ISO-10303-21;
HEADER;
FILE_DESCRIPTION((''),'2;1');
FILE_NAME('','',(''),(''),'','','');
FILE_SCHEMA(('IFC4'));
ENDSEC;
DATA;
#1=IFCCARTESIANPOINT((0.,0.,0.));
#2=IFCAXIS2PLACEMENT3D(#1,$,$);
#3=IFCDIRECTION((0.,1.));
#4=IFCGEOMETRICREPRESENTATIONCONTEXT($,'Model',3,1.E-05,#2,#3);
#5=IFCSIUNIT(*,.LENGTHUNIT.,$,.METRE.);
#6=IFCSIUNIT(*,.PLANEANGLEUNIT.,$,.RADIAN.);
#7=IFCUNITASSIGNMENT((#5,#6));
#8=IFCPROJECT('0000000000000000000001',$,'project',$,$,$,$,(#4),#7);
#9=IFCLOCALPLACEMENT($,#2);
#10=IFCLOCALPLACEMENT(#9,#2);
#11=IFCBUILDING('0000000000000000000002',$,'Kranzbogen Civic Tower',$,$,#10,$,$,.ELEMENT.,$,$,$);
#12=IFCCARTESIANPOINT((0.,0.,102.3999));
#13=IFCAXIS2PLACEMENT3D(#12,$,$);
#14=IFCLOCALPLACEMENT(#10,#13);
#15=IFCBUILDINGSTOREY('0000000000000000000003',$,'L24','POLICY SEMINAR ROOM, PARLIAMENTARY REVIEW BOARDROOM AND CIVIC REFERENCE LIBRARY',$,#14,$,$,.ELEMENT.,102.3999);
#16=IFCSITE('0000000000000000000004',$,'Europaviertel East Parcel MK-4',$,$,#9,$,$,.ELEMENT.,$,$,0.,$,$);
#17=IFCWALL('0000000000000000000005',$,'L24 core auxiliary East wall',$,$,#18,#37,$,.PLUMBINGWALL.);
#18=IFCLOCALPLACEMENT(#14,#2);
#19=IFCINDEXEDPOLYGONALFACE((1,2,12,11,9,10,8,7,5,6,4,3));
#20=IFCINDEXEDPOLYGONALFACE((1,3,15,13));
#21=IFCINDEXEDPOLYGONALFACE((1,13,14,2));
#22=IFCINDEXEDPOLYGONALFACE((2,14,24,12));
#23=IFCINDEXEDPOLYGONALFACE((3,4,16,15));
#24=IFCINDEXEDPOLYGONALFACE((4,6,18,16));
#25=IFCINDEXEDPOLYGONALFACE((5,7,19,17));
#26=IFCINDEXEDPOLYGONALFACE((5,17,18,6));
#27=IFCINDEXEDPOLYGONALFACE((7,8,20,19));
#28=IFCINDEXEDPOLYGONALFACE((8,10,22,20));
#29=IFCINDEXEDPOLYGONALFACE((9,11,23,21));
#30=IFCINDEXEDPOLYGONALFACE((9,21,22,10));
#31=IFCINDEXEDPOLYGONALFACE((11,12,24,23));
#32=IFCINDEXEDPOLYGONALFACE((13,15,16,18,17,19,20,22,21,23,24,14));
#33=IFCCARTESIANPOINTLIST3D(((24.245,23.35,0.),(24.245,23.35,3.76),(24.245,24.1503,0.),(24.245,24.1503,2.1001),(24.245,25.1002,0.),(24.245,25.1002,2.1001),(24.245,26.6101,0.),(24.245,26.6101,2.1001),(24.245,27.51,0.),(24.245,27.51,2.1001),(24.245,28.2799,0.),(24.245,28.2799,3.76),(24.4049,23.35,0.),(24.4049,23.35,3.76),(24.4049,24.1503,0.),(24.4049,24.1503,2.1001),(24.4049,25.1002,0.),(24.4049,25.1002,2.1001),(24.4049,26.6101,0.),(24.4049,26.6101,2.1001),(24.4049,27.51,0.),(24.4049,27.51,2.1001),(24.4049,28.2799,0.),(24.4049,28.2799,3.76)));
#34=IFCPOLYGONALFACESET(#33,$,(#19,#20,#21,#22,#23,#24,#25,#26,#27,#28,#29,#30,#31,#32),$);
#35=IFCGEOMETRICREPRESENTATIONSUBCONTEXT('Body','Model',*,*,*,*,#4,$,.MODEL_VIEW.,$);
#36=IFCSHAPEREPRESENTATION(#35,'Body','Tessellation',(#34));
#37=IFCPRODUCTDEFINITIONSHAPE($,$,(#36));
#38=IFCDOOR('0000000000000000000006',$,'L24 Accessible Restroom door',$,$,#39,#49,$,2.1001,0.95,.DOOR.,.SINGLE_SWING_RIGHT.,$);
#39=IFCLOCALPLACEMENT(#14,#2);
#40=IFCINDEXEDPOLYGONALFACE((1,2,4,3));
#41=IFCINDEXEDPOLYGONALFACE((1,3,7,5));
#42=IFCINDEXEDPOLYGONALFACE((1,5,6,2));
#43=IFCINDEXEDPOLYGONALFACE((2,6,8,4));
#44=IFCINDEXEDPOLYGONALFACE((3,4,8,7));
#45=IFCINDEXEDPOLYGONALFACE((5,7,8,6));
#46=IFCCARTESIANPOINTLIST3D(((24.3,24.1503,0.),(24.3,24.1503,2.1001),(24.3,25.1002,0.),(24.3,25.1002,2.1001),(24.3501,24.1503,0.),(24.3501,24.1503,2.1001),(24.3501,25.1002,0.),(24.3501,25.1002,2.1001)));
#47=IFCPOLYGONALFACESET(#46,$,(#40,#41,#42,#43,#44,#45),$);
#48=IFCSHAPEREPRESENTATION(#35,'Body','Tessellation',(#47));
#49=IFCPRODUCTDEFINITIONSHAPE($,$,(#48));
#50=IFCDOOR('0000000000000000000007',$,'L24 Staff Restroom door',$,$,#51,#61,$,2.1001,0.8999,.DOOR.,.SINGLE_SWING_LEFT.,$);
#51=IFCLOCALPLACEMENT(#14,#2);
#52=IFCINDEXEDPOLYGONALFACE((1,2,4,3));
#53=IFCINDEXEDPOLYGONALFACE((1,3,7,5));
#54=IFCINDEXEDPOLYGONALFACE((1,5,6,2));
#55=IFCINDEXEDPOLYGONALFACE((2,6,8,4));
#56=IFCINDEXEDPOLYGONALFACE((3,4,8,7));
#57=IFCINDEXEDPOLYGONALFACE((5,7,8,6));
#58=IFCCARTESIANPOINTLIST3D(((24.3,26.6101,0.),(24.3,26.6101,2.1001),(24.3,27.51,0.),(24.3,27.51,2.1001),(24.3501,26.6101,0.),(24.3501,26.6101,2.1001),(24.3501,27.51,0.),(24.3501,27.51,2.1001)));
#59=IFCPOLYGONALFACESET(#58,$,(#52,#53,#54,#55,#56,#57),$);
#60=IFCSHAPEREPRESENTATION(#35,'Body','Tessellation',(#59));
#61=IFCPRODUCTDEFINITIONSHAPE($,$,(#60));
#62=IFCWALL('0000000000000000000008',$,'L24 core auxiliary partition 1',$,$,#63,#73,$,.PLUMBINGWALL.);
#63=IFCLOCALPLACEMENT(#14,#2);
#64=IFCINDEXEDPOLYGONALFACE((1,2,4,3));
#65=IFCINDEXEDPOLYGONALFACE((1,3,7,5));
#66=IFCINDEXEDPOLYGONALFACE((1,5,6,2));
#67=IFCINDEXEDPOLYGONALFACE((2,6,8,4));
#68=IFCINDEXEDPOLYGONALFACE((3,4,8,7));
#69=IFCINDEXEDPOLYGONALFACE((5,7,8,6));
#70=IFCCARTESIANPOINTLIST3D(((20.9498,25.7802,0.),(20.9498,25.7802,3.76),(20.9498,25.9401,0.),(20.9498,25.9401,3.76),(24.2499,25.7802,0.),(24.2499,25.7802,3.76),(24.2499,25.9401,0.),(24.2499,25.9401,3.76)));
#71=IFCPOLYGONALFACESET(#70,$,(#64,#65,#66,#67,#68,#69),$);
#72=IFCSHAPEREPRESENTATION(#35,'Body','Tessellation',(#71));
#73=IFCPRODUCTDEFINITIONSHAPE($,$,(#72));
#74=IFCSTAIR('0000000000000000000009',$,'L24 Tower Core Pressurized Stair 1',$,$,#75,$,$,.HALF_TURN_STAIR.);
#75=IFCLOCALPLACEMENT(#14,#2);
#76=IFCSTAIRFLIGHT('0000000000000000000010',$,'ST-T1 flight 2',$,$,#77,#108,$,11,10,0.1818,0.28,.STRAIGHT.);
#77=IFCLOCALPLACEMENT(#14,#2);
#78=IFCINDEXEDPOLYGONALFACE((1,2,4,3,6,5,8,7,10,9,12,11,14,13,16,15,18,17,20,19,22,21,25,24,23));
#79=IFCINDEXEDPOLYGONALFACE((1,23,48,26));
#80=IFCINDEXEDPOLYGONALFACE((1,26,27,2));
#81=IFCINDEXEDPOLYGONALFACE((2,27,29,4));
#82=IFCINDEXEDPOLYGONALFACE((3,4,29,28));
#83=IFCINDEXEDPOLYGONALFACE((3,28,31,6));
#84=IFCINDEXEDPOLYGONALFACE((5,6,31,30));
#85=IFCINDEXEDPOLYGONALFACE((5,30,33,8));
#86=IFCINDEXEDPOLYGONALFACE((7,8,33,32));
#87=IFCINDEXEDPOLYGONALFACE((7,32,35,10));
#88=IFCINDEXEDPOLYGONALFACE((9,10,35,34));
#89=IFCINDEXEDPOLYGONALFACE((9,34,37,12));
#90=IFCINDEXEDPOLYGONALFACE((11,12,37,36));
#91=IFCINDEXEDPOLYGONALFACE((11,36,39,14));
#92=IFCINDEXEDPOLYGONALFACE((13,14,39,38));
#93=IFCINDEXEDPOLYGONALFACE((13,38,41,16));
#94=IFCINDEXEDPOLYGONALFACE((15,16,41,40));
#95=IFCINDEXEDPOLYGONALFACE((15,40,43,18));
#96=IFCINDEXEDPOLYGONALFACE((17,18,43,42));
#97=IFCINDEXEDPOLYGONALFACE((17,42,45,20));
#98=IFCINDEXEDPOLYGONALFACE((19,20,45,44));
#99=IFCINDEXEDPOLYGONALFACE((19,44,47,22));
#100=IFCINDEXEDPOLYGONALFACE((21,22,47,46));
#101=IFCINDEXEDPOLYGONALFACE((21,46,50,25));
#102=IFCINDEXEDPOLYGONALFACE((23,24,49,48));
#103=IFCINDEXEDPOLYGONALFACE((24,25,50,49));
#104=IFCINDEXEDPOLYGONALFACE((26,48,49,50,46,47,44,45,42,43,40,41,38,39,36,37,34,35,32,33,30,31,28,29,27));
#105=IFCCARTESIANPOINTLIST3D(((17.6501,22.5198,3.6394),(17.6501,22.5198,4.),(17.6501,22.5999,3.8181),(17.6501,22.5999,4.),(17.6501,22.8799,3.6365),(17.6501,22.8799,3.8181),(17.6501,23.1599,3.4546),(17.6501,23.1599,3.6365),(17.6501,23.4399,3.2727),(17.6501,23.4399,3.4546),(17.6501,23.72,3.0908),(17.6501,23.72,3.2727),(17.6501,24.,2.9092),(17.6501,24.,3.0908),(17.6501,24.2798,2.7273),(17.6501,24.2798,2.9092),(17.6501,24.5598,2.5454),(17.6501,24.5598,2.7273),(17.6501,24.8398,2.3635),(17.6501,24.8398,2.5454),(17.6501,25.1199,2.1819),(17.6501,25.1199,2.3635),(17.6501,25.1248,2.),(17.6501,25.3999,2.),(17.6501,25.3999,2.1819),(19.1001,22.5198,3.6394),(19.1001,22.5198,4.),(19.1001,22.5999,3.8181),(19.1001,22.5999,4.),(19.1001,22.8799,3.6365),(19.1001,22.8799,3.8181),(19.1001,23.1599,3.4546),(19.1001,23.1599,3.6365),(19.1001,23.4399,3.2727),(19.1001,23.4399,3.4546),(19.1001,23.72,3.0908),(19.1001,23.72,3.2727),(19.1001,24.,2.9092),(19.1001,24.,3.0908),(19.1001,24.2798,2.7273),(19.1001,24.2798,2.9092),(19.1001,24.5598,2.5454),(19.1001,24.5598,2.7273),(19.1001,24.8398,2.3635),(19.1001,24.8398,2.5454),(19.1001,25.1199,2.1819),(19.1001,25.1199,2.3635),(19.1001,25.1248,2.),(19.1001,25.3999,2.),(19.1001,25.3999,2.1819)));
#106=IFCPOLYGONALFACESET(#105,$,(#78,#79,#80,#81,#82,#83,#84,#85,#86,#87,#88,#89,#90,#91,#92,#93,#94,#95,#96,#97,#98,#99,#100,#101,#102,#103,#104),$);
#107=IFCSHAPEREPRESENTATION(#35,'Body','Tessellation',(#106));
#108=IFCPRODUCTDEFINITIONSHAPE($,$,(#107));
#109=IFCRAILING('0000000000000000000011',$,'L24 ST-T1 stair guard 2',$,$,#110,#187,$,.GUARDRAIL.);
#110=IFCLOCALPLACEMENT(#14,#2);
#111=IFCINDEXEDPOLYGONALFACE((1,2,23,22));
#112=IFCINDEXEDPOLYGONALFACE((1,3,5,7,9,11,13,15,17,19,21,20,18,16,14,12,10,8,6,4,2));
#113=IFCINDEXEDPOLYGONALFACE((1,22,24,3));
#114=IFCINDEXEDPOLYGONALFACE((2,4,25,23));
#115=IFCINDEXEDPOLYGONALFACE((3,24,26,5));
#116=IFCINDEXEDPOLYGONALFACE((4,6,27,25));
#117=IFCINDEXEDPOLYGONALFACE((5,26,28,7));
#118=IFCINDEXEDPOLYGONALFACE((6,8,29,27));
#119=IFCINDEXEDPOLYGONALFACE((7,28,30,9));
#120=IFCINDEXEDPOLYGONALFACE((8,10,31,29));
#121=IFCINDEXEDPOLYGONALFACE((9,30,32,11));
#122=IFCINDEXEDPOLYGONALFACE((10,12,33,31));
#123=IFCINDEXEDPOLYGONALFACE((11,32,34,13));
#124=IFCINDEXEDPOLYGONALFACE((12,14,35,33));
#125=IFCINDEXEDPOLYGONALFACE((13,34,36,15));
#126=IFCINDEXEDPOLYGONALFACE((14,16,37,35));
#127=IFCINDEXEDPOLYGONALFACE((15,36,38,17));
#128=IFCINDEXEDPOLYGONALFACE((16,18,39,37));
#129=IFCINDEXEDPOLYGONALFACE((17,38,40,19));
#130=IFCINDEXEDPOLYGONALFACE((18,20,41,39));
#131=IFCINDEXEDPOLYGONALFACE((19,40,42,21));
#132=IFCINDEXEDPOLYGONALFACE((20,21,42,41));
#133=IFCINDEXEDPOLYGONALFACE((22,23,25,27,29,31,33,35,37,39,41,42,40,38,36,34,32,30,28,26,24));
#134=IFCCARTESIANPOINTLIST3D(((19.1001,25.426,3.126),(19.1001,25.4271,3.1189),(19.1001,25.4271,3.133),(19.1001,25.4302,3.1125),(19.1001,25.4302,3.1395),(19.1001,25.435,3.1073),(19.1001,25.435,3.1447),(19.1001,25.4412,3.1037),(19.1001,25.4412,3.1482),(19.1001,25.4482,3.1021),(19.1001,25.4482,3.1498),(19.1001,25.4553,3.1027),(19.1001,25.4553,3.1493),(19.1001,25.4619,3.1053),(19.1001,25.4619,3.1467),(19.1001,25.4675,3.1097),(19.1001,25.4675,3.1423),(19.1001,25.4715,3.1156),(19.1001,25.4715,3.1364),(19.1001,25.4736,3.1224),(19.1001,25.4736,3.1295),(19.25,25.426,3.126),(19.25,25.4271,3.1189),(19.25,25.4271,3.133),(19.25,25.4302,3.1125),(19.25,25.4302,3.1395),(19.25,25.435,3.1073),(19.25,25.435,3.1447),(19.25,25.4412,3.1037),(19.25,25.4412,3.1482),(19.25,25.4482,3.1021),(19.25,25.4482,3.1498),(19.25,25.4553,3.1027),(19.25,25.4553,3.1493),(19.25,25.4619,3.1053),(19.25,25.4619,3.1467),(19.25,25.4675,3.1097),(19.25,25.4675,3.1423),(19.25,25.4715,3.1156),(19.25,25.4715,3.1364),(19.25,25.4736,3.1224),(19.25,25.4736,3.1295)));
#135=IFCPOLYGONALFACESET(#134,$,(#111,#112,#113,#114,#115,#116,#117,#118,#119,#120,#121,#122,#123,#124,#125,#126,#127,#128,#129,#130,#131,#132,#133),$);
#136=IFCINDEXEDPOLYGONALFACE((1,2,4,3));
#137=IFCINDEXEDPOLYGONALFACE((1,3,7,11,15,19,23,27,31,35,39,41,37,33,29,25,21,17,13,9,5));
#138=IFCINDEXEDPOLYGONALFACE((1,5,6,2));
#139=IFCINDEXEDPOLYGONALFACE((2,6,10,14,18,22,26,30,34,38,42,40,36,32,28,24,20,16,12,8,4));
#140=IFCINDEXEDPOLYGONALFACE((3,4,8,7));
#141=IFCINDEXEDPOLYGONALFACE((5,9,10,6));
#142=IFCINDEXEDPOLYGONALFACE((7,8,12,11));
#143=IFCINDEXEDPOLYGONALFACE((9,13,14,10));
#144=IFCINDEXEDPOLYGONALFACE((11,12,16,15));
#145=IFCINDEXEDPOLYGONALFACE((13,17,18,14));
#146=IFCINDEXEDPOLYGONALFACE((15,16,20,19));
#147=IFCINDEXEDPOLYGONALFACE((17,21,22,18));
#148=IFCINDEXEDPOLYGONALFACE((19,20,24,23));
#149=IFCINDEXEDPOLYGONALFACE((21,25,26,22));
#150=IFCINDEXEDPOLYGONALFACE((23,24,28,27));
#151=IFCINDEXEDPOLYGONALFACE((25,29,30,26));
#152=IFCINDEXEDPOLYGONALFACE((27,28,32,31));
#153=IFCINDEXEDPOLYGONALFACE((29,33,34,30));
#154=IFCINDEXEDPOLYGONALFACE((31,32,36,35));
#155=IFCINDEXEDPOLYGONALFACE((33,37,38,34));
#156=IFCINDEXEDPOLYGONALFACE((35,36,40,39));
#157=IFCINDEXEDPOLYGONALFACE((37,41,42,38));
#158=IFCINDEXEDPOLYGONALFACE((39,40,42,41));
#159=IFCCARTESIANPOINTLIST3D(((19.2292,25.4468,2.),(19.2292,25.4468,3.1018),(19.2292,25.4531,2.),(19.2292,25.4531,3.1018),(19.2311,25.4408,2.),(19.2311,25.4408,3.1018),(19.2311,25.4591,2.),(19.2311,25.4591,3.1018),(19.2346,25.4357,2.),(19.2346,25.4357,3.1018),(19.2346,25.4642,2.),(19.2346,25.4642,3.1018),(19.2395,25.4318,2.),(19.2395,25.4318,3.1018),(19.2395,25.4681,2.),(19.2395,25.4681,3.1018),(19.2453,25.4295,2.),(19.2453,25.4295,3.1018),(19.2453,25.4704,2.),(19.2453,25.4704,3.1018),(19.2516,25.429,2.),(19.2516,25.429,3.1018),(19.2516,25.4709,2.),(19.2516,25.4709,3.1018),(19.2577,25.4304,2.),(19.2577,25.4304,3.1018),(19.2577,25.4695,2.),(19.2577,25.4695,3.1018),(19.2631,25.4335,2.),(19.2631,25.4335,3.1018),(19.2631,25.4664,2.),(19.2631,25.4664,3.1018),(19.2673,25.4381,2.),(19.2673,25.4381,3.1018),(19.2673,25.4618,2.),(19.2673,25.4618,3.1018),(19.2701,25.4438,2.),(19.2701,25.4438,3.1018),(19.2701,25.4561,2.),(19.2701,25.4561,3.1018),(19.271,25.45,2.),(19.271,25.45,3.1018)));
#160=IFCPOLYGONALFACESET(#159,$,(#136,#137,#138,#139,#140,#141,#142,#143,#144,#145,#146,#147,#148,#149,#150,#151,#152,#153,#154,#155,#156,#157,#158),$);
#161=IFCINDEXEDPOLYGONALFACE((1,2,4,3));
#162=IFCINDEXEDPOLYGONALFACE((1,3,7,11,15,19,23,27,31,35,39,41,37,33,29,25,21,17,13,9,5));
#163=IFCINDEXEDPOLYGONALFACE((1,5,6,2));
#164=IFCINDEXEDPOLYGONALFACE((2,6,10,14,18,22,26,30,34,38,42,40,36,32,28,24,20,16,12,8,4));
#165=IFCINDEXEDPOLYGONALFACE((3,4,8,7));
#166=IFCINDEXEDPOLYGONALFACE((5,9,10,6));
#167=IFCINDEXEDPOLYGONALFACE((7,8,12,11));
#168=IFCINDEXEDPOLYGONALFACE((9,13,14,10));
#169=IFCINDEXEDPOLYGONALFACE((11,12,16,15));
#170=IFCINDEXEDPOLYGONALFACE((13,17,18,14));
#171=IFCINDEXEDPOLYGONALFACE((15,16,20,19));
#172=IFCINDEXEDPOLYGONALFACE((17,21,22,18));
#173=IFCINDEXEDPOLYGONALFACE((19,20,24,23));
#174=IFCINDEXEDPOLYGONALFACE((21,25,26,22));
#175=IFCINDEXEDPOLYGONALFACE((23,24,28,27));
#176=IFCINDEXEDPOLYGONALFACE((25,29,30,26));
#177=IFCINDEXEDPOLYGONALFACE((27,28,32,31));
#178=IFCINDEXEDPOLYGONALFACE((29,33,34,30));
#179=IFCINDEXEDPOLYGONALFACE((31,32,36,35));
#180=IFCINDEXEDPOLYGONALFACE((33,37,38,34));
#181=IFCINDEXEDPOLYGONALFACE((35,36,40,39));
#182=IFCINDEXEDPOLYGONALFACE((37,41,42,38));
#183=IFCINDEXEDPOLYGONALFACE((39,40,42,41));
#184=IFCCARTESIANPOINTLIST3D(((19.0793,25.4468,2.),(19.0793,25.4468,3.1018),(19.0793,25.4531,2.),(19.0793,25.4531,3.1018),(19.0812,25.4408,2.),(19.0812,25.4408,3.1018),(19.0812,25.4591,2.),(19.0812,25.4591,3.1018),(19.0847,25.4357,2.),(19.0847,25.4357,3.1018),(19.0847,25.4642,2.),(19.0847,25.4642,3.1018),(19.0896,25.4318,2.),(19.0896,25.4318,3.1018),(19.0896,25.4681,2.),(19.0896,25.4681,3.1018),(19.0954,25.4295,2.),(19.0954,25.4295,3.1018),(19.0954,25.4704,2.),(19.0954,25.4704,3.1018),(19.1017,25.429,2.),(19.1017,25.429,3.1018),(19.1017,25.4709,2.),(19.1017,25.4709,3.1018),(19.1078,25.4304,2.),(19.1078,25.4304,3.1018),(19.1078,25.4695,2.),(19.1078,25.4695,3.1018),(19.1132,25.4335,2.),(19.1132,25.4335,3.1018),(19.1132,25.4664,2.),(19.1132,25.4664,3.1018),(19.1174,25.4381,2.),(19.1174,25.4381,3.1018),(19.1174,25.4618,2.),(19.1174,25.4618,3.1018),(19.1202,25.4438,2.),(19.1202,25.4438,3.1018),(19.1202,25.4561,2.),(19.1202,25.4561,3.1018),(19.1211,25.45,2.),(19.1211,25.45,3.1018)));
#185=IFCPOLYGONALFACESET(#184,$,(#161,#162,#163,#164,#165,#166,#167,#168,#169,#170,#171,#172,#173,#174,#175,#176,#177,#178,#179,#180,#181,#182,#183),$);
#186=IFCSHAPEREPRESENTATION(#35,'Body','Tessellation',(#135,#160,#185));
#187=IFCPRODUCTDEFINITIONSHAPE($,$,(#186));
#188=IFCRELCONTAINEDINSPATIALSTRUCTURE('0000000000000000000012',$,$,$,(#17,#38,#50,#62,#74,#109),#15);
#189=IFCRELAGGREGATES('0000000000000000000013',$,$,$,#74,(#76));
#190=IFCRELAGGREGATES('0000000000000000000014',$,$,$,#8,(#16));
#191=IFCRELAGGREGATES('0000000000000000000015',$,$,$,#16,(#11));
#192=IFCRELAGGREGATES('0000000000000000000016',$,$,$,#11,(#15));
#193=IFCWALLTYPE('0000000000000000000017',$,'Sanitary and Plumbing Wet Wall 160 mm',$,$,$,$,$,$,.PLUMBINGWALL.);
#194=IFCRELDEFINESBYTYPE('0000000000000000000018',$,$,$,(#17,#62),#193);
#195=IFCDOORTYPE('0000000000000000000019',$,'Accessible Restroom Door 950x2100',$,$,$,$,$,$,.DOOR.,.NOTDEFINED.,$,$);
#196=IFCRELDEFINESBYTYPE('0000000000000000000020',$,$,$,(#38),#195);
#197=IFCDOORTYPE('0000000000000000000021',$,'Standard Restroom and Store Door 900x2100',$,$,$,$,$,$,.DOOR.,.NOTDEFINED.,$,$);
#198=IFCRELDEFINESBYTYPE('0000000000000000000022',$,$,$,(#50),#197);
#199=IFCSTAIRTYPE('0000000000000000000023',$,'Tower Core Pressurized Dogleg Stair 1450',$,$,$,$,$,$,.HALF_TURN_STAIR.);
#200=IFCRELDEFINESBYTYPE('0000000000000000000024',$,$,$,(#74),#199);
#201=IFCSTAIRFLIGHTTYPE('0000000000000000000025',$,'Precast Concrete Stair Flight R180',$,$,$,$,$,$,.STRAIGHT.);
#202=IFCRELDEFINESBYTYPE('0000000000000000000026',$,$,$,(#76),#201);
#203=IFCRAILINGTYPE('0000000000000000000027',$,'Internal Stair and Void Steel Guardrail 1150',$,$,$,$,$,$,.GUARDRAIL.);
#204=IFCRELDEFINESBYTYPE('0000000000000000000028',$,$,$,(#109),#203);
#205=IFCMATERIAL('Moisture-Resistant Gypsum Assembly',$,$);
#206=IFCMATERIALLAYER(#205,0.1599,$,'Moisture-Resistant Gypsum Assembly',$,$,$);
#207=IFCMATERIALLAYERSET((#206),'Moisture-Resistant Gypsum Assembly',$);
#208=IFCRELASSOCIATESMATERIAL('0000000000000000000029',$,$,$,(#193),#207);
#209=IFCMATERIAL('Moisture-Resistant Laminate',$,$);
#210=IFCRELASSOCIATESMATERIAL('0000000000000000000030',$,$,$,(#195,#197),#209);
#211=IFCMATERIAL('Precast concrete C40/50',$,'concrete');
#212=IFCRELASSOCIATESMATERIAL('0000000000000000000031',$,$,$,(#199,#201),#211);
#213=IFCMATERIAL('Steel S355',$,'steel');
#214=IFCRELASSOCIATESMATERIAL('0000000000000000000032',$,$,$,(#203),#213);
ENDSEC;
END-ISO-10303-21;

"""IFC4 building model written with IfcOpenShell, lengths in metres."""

from ifc_helpers import new_model, si_unit, direction, frame, frame_2d, origin, origin_2d, place, context, subcontext, project, spatial, polyline, rectangle, circle, outline, extrude, material, layer, layer_set, type_object, element, fill, aggregate, save


model = new_model("IFC4")

# Units and contexts
model_context = context("Model", 3, precision=1e-05, world=origin(), true_north=direction((0.0, 1.0)))
body_context = subcontext(model_context, "Body", "Model", "MODEL_VIEW")
ifc_project = project(units=[si_unit("LENGTHUNIT", "METRE"), si_unit("PLANEANGLEUNIT", "RADIAN")], contexts=[model_context])

# Site, building, storey
site_placement = place(None, origin())
site = spatial("IfcSite", under=ifc_project, at=site_placement, Name="Europaviertel East Parcel MK-4", CompositionType="ELEMENT", RefElevation=0.0)
building_placement = place(site_placement, origin())
building = spatial("IfcBuilding", under=site, at=building_placement, Name="Kranzbogen Civic Tower", CompositionType="ELEMENT")
storey_placement = place(building_placement, frame((0.0, 0.0, 102.3999)))
storey = spatial("IfcBuildingStorey", under=building, at=storey_placement, Name="L24", Description="POLICY SEMINAR ROOM, PARLIAMENTARY REVIEW BOARDROOM AND CIVIC REFERENCE LIBRARY", CompositionType="ELEMENT", Elevation=102.3999)

# Shared definitions
ifc_material_1 = material(Name="Steel S355", Category="steel")

# Wall, openings, doors
ifc_material_2 = material(Name="Moisture-Resistant Gypsum Assembly")
ifc_layer_1 = layer(ifc_material_2, 0.1599, Name="Moisture-Resistant Gypsum Assembly")
ifc_layer_set_1 = layer_set([ifc_layer_1], Name="Moisture-Resistant Gypsum Assembly")
wall_type_1 = type_object("IfcWallType", Name="Sanitary and Plumbing Wet Wall 160 mm", PredefinedType="PLUMBINGWALL", material=ifc_layer_set_1)
wall_1_placement = place(storey_placement, frame((24.325, 23.3501, 0.0), z_axis=(0.0, 0.0, 1.0), x_axis=(0.0, 1.0, 0.0)))
wall_1 = element("IfcWall", 1, at=wall_1_placement, inside=storey, type_object=wall_type_1, Name="L24 core auxiliary East wall", PredefinedType="PLUMBINGWALL", context=body_context, shape_type="SweptSolid", body=[
    extrude(rectangle(XDim=4.9299, YDim=0.1599, at=frame_2d((2.4648, 0.0))), origin(), (0.0, 0.0, 1.0), 3.76),
])
opening_1_placement = place(wall_1_placement, frame((0.8, 0.0, 0.0)))
opening_1 = element("IfcOpeningElement", 2, at=opening_1_placement, cuts=wall_1, PredefinedType="OPENING", context=body_context, shape_type="SweptSolid", body=[
    extrude(rectangle(XDim=0.95, YDim=2.1001, at=frame_2d((0.4751, 1.05))), frame((0.0, 0.0898, 0.0), z_axis=(0.0, -1.0, 0.0), x_axis=(1.0, 0.0, 0.0)), (0.0, 0.0, 1.0), 0.1799),
])
opening_2_placement = place(wall_1_placement, frame((3.26, 0.0, 0.0)))
opening_2 = element("IfcOpeningElement", 3, at=opening_2_placement, cuts=wall_1, PredefinedType="OPENING", context=body_context, shape_type="SweptSolid", body=[
    extrude(rectangle(XDim=0.8999, YDim=2.1001, at=frame_2d((0.45, 1.05))), frame((0.0, 0.0898, 0.0), z_axis=(0.0, -1.0, 0.0), x_axis=(1.0, 0.0, 0.0)), (0.0, 0.0, 1.0), 0.1799),
])
ifc_material_3 = material(Name="Moisture-Resistant Laminate")
door_type_1 = type_object("IfcDoorType", Name="Accessible Restroom Door 950x2100", OperationType="NOTDEFINED", PredefinedType="DOOR", material=ifc_material_3)
door_1_placement = place(opening_1_placement, origin())
door_1 = element("IfcDoor", 4, at=door_1_placement, inside=storey, type_object=door_type_1, Name="L24 Accessible Restroom door", OperationType="SINGLE_SWING_RIGHT", OverallHeight=2.1001, OverallWidth=0.95, PredefinedType="DOOR", context=body_context, shape_type="SweptSolid", body=[
    extrude(rectangle(XDim=0.95, YDim=2.1001, at=frame_2d((0.4751, 1.05))), frame((0.0, 0.0249, 0.0), z_axis=(0.0, -1.0, 0.0), x_axis=(1.0, 0.0, 0.0)), (0.0, 0.0, 1.0), 0.05),
])
fill(opening_1, door_1)
door_type_2 = type_object("IfcDoorType", Name="Standard Restroom and Store Door 900x2100", OperationType="NOTDEFINED", PredefinedType="DOOR", material=ifc_material_3)
door_2_placement = place(opening_2_placement, origin())
door_2 = element("IfcDoor", 5, at=door_2_placement, inside=storey, type_object=door_type_2, Name="L24 Staff Restroom door", OperationType="SINGLE_SWING_LEFT", OverallHeight=2.1001, OverallWidth=0.8999, PredefinedType="DOOR", context=body_context, shape_type="SweptSolid", body=[
    extrude(rectangle(XDim=0.8999, YDim=2.1001, at=frame_2d((0.45, 1.05))), frame((0.0, 0.0249, 0.0), z_axis=(0.0, -1.0, 0.0), x_axis=(1.0, 0.0, 0.0)), (0.0, 0.0, 1.0), 0.05),
])
fill(opening_2, door_2)

# Wall
wall_2_placement = place(storey_placement, frame((20.95, 25.8601, 0.0), z_axis=(0.0, 0.0, 1.0), x_axis=(1.0, 0.0, 0.0)))
element("IfcWall", 6, at=wall_2_placement, inside=storey, type_object=wall_type_1, Name="L24 core auxiliary partition 1", PredefinedType="PLUMBINGWALL", context=body_context, shape_type="SweptSolid", body=[
    extrude(rectangle(XDim=3.3, YDim=0.1599, at=frame_2d((1.6499, 0.0))), origin(), (0.0, 0.0, 1.0), 3.76),
])

# Stair, stair flight
ifc_material_4 = material(Name="Precast concrete C40/50", Category="concrete")
stair_type = type_object("IfcStairType", Name="Tower Core Pressurized Dogleg Stair 1450", PredefinedType="HALF_TURN_STAIR", material=ifc_material_4)
stair_placement = place(storey_placement, origin())
stair = element("IfcStair", 7, at=stair_placement, inside=storey, type_object=stair_type, Name="L24 Tower Core Pressurized Stair 1", PredefinedType="HALF_TURN_STAIR")
stair_flight_type = type_object("IfcStairFlightType", Name="Precast Concrete Stair Flight R180", PredefinedType="STRAIGHT", material=ifc_material_4)
stair_flight_placement = place(storey_placement, frame((18.375, 25.3999, 2.0), z_axis=(0.0, 0.0, 1.0), x_axis=(0.0, -1.0, 0.0)))
stair_flight = element("IfcStairFlight", 8, at=stair_flight_placement, type_object=stair_flight_type, Name="ST-T1 flight 2", NumberOfRisers=11, NumberOfTreads=10, PredefinedType="STRAIGHT", RiserHeight=0.1818, TreadLength=0.28, context=body_context, shape_type="SweptSolid", body=[
    extrude(outline(polyline([(0.0, 0.0), (0.0, 0.1819), (0.28, 0.1819), (0.28, 0.3635), (0.5601, 0.3635), (0.5601, 0.5454), (0.8401, 0.5454), (0.8401, 0.7273), (1.1201, 0.7273), (1.1201, 0.9092), (1.3999, 0.9092), (1.3999, 1.0908), (1.6799, 1.0908), (1.6799, 1.2727), (1.96, 1.2727), (1.96, 1.4546), (2.24, 1.4546), (2.24, 1.6365), (2.52, 1.6365), (2.52, 1.8181), (2.8, 1.8181), (2.8, 2.0), (2.8801, 2.0), (2.8801, 1.6394), (0.2751, 0.0), (0.0, 0.0)])), frame((0.0, 0.7251, 0.0), z_axis=(0.0, -1.0, 0.0), x_axis=(1.0, 0.0, 0.0)), (0.0, 0.0, 1.0), 1.45),
])
aggregate(stair, [stair_flight])

# Railing
railing_type_1 = type_object("IfcRailingType", Name="Internal Stair and Void Steel Guardrail 1150", PredefinedType="GUARDRAIL", material=ifc_material_1)
railing_1_placement = place(storey_placement, frame((19.25, 25.45, 2.0)))
element("IfcRailing", 9, at=railing_1_placement, inside=storey, type_object=railing_type_1, Name="L24 ST-T1 stair guard 2", PredefinedType="GUARDRAIL", context=body_context, shape_type="SweptSolid", body=[
    extrude(circle(Radius=0.0239, at=origin_2d()), frame((0.0, 0.0, 1.126), z_axis=(-1.0, 0.0, 0.0), x_axis=(0.0, -1.0, 0.0)), (0.0, 0.0, 1.0), 0.1499),
    extrude(circle(Radius=0.021, at=origin_2d()), origin(), (0.0, 0.0, 1.0), 1.1018),
    extrude(circle(Radius=0.021, at=origin_2d()), frame((-0.1499, 0.0, 0.0)), (0.0, 0.0, 1.0), 1.1018),
])

save(model, "model.ifc")
